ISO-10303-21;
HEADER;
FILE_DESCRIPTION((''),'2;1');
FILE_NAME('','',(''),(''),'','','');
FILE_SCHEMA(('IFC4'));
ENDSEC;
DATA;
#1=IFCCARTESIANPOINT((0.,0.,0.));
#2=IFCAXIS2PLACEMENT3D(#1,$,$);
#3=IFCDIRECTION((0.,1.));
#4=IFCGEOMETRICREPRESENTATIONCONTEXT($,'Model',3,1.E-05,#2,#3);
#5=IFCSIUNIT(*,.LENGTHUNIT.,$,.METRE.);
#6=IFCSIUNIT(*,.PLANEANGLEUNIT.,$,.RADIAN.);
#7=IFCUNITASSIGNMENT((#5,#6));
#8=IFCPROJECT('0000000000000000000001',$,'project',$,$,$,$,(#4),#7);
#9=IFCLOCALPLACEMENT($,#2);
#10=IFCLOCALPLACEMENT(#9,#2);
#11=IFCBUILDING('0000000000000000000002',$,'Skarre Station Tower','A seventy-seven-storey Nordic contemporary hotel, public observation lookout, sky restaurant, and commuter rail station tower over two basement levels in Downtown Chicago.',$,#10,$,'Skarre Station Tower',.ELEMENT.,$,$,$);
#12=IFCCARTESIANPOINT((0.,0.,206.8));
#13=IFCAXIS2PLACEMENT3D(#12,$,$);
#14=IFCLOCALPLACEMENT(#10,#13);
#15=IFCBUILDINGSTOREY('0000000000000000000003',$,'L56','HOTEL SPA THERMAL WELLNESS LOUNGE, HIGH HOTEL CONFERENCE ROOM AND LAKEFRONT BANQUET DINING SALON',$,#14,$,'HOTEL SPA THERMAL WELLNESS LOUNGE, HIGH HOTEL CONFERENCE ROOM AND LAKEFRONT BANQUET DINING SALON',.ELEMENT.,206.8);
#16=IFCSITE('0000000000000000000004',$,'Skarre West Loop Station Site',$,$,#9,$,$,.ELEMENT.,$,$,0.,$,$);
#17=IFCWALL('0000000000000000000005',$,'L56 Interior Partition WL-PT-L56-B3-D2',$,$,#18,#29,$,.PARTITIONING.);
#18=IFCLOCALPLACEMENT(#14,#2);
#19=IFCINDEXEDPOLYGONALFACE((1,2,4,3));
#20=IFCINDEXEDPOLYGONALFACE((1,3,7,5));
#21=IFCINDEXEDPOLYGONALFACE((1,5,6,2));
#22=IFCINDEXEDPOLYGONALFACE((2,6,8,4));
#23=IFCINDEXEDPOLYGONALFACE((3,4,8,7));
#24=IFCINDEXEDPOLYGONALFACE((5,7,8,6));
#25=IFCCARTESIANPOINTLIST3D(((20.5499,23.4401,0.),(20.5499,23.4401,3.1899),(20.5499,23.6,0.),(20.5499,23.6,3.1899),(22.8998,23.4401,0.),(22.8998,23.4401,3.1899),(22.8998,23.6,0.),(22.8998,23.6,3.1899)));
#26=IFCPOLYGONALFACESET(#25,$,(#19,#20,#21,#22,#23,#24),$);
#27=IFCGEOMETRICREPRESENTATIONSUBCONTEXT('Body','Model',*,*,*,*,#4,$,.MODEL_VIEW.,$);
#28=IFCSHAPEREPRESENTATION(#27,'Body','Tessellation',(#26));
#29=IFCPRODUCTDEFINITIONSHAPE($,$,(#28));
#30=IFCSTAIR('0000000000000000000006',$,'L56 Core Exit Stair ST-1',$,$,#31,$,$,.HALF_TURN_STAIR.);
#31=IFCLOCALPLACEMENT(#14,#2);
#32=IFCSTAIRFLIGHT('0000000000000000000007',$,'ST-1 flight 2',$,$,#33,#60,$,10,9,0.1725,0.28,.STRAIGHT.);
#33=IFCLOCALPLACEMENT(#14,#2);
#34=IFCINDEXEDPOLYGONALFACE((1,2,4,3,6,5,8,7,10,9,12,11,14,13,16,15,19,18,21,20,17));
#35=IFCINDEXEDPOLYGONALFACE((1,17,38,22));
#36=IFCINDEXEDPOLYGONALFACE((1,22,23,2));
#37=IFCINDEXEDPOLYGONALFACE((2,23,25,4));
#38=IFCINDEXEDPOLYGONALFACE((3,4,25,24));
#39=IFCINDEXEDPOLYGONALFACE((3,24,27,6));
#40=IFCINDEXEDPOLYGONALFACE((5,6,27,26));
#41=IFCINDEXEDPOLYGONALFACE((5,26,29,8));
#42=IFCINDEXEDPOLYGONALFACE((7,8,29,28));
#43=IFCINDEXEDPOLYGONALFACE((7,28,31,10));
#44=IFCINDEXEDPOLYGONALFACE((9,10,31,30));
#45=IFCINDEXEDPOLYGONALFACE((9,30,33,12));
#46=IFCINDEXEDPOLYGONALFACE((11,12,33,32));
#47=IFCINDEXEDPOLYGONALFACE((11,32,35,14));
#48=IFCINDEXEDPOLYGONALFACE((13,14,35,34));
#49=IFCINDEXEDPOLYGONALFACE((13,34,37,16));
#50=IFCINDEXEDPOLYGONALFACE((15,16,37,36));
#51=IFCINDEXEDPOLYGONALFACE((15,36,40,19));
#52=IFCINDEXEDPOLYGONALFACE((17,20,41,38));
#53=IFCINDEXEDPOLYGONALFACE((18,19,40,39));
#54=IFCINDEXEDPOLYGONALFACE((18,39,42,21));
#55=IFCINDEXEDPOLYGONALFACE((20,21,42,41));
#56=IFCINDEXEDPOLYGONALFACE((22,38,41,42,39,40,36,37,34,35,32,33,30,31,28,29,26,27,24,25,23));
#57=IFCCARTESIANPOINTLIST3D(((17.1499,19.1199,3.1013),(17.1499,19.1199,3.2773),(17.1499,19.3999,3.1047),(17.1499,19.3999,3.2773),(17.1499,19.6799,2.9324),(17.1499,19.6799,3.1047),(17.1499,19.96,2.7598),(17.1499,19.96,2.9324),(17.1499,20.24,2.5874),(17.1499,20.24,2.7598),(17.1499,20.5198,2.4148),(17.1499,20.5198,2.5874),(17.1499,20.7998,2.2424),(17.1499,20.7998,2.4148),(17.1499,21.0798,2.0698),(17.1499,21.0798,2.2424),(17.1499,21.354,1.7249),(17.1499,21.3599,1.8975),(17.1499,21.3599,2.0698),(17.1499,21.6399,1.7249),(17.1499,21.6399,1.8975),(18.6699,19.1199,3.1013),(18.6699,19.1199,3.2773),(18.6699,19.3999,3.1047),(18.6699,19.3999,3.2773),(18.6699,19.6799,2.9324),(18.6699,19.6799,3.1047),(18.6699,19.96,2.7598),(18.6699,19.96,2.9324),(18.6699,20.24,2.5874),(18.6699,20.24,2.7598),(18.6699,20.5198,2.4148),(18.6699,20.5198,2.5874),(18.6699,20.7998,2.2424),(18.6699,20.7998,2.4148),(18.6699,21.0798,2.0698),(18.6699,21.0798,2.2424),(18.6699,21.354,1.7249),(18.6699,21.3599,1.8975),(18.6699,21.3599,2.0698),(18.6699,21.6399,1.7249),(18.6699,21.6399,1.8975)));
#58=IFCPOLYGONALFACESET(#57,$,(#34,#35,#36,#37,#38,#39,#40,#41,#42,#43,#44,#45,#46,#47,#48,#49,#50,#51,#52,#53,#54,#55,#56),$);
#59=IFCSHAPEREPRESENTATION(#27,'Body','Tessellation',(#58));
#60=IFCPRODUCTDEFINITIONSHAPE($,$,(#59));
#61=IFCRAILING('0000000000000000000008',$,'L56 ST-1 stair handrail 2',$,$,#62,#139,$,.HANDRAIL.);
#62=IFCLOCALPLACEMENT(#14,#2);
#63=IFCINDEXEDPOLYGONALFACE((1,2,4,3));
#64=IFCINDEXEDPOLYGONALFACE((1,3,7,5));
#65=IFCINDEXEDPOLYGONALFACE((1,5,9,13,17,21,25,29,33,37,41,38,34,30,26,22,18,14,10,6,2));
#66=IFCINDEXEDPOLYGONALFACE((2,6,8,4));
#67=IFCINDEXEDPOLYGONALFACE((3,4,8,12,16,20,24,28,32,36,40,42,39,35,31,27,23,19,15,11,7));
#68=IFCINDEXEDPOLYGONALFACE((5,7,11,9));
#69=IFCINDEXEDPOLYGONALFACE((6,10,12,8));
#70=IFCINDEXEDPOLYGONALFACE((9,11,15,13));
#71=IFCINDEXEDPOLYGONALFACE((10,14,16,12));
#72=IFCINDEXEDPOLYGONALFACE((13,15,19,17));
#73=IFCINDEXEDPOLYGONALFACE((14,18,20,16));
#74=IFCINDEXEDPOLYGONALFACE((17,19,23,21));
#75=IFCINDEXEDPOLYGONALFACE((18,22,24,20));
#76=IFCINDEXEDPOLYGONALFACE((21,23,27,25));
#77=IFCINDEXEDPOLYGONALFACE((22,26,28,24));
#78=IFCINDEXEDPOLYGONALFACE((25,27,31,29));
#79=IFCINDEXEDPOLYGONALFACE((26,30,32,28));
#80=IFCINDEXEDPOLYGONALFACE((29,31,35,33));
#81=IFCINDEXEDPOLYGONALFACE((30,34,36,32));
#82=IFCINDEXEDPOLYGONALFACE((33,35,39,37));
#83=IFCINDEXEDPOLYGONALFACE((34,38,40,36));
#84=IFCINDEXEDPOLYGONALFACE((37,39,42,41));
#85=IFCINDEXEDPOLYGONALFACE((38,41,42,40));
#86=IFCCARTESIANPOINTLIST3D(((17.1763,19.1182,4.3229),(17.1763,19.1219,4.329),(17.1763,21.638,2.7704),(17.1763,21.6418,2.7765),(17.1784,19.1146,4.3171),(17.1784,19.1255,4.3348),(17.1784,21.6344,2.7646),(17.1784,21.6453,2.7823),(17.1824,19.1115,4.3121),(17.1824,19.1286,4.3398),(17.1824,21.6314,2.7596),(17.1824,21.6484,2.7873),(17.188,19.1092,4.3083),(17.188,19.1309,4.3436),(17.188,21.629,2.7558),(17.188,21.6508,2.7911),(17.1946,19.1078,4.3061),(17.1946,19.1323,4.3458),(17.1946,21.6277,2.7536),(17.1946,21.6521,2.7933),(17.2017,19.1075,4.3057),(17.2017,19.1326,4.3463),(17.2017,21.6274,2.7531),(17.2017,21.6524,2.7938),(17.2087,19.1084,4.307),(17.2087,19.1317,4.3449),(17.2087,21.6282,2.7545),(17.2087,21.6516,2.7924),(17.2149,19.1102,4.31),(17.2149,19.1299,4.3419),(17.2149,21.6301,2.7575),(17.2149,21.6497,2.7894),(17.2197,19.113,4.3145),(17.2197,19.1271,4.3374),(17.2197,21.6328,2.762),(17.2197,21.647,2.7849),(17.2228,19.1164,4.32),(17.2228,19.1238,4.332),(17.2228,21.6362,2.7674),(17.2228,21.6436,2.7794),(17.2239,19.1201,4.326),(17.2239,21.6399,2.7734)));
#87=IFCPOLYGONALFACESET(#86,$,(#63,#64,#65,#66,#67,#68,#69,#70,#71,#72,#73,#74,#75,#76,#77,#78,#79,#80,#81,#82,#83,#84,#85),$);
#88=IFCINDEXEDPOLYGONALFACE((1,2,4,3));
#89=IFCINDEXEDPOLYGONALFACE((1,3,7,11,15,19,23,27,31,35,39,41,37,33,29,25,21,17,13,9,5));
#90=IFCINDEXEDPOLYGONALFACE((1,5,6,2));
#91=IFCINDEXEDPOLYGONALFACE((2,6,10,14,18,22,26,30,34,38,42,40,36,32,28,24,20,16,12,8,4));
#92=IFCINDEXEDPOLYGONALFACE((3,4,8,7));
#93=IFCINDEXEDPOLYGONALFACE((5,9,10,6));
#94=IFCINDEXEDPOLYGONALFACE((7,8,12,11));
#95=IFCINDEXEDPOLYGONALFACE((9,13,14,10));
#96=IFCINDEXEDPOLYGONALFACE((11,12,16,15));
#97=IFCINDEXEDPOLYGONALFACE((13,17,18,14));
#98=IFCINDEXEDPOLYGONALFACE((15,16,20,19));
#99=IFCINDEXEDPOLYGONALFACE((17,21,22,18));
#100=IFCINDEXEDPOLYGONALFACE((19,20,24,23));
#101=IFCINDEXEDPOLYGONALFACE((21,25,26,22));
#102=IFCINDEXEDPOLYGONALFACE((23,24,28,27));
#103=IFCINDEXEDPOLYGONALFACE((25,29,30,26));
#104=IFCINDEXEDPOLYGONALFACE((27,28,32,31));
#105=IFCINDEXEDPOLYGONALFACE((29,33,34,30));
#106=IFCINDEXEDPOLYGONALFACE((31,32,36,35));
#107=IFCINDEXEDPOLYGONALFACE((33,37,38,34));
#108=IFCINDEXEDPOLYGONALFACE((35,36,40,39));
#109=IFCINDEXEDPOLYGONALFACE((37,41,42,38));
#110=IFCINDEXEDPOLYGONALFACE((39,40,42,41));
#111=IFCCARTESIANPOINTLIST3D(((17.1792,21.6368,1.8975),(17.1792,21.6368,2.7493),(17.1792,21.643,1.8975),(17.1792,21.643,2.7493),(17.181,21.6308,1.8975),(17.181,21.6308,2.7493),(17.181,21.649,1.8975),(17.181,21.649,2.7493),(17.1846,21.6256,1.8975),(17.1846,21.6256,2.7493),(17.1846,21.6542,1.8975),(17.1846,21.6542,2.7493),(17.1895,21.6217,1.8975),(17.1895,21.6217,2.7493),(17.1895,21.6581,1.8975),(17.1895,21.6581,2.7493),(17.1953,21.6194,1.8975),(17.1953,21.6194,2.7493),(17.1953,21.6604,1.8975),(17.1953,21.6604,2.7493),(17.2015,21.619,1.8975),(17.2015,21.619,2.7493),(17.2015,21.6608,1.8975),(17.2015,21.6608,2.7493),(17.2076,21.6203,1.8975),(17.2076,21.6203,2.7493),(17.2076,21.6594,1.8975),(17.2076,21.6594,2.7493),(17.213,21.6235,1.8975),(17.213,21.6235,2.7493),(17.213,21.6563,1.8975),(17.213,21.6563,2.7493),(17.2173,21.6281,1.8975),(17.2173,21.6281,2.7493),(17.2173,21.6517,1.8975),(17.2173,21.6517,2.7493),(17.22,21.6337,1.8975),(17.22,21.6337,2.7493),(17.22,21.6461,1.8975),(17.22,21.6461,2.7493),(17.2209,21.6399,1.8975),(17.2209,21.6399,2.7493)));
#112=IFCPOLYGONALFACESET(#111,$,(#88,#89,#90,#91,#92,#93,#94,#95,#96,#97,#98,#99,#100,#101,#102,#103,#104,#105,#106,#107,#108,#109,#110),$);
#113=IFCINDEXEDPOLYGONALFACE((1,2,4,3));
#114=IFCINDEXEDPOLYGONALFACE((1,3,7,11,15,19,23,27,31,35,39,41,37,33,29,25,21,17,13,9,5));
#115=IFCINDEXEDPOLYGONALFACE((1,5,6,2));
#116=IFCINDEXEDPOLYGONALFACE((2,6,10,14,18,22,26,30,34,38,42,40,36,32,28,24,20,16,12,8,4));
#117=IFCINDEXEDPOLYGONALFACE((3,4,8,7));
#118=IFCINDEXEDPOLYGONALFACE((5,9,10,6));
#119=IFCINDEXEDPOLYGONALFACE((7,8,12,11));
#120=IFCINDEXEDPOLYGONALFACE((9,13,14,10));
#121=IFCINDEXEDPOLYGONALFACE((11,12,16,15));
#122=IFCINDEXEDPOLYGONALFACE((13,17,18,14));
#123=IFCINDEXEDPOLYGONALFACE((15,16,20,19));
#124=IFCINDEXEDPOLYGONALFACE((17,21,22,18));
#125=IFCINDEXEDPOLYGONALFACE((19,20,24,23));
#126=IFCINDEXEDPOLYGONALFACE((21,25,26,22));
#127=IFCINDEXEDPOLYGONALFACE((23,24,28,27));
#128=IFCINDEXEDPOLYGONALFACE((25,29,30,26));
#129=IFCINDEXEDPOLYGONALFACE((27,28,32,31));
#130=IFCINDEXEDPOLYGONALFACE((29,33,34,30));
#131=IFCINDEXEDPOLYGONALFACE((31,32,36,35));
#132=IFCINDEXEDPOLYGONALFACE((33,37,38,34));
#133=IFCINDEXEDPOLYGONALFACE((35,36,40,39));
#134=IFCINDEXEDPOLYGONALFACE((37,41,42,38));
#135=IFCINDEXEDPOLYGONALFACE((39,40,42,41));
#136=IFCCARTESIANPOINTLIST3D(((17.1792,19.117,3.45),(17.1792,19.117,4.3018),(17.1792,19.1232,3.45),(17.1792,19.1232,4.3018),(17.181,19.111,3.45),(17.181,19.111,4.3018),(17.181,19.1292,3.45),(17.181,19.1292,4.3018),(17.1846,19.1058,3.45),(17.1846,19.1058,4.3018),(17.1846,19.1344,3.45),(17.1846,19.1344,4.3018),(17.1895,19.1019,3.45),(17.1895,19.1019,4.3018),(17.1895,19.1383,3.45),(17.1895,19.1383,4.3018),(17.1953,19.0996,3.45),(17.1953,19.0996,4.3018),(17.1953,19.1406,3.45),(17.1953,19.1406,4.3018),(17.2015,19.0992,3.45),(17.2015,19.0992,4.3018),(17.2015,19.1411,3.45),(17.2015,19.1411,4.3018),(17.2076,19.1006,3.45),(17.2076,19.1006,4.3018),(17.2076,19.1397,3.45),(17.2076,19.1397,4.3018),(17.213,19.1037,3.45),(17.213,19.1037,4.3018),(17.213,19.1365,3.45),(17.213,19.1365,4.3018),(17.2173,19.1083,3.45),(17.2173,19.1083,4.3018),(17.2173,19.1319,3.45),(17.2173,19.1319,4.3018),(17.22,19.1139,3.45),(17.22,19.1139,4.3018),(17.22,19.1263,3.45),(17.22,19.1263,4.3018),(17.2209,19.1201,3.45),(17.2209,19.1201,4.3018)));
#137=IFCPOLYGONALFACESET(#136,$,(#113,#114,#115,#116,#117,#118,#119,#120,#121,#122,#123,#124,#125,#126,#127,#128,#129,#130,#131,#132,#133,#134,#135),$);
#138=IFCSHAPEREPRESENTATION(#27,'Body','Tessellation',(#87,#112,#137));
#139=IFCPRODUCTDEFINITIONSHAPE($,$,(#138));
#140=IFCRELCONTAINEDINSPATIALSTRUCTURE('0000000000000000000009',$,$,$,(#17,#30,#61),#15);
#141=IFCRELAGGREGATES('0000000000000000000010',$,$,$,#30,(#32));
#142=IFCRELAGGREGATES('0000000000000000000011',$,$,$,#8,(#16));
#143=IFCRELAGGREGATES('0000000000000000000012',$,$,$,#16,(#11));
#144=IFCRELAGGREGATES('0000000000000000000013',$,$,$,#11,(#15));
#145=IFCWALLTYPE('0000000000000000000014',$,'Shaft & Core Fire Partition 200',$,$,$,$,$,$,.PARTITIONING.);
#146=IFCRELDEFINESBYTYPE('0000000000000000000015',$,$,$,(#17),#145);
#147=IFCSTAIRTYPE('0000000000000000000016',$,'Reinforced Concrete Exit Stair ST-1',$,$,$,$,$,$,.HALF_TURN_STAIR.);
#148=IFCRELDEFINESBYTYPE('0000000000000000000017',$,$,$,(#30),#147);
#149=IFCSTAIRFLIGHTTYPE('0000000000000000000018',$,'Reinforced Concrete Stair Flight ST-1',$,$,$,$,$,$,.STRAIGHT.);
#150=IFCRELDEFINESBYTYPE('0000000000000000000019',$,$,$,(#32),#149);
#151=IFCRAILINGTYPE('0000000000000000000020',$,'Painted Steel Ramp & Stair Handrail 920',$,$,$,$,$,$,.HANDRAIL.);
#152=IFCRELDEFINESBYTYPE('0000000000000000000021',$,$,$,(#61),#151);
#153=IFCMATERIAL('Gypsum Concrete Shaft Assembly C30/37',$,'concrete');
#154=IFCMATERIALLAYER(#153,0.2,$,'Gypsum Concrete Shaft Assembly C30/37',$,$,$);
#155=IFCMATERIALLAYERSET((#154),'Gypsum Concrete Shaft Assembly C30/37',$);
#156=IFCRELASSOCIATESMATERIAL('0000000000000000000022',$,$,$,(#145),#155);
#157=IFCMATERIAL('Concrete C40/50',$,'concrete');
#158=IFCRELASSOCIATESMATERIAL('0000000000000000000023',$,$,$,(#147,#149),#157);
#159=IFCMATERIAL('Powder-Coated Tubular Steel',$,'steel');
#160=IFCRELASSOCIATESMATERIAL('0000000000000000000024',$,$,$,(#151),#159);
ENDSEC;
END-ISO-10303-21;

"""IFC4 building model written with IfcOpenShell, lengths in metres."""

from ifc_helpers import new_model, si_unit, direction, frame, frame_2d, origin, origin_2d, place, context, subcontext, project, spatial, polyline, rectangle, circle, outline, extrude, material, layer, layer_set, type_object, element, aggregate, save


model = new_model("IFC4")

# Units and contexts
model_context = context("Model", 3, precision=1e-05, world=origin(), true_north=direction((0.0, 1.0)))
body_context = subcontext(model_context, "Body", "Model", "MODEL_VIEW")
ifc_project = project(units=[si_unit("LENGTHUNIT", "METRE"), si_unit("PLANEANGLEUNIT", "RADIAN")], contexts=[model_context])

# Site, building, storey
site_placement = place(None, origin())
site = spatial("IfcSite", under=ifc_project, at=site_placement, Name="Skarre West Loop Station Site", CompositionType="ELEMENT", RefElevation=0.0)
building_placement = place(site_placement, origin())
building = spatial("IfcBuilding", under=site, at=building_placement, Name="Skarre Station Tower", Description="A seventy-seven-storey Nordic contemporary hotel, public observation lookout, sky restaurant, and commuter rail station tower over two basement levels in Downtown Chicago.", LongName="Skarre Station Tower", CompositionType="ELEMENT")
storey_placement = place(building_placement, frame((0.0, 0.0, 206.8)))
storey = spatial("IfcBuildingStorey", under=building, at=storey_placement, Name="L56", Description="HOTEL SPA THERMAL WELLNESS LOUNGE, HIGH HOTEL CONFERENCE ROOM AND LAKEFRONT BANQUET DINING SALON", LongName="HOTEL SPA THERMAL WELLNESS LOUNGE, HIGH HOTEL CONFERENCE ROOM AND LAKEFRONT BANQUET DINING SALON", CompositionType="ELEMENT", Elevation=206.8)

# Shared definitions
ifc_material_1 = material(Name="Gypsum Concrete Shaft Assembly C30/37", Category="concrete")
ifc_layer_1 = layer(ifc_material_1, 0.2, Name="Gypsum Concrete Shaft Assembly C30/37")
ifc_layer_set_1 = layer_set([ifc_layer_1], Name="Gypsum Concrete Shaft Assembly C30/37")
wall_type_1 = type_object("IfcWallType", Name="Shaft & Core Fire Partition 200", PredefinedType="PARTITIONING", material=ifc_layer_set_1)

# Wall
wall_1_placement = place(storey_placement, frame((20.55, 23.52, 0.0), z_axis=(0.0, 0.0, 1.0), x_axis=(1.0, 0.0, 0.0)))
element("IfcWall", 1, at=wall_1_placement, inside=storey, type_object=wall_type_1, Name="L56 Interior Partition WL-PT-L56-B3-D2", PredefinedType="PARTITIONING", context=body_context, shape_type="SweptSolid", body=[
    extrude(rectangle(XDim=2.3499, YDim=0.1599, at=frame_2d((1.1748, 0.0))), origin(), (0.0, 0.0, 1.0), 3.1899),
])

# Stair, stair flight
ifc_material_2 = material(Name="Concrete C40/50", Category="concrete")
stair_type = type_object("IfcStairType", Name="Reinforced Concrete Exit Stair ST-1", PredefinedType="HALF_TURN_STAIR", material=ifc_material_2)
stair_placement = place(storey_placement, origin())
stair = element("IfcStair", 2, at=stair_placement, inside=storey, type_object=stair_type, Name="L56 Core Exit Stair ST-1", PredefinedType="HALF_TURN_STAIR")
stair_flight_type = type_object("IfcStairFlightType", Name="Reinforced Concrete Stair Flight ST-1", PredefinedType="STRAIGHT", material=ifc_material_2)
stair_flight_placement = place(storey_placement, frame((17.9099, 21.6399, 1.7249), z_axis=(0.0, 0.0, 1.0), x_axis=(0.0, -1.0, 0.0)))
stair_flight = element("IfcStairFlight", 3, at=stair_flight_placement, type_object=stair_flight_type, Name="ST-1 flight 2", NumberOfRisers=10, NumberOfTreads=9, PredefinedType="STRAIGHT", RiserHeight=0.1725, TreadLength=0.28, context=body_context, shape_type="SweptSolid", body=[
    extrude(outline(polyline([(0.0, 0.0), (0.0, 0.1726), (0.28, 0.1726), (0.28, 0.345), (0.5601, 0.345), (0.5601, 0.5176), (0.8401, 0.5176), (0.8401, 0.6899), (1.1201, 0.6899), (1.1201, 0.8625), (1.3999, 0.8625), (1.3999, 1.0349), (1.6799, 1.0349), (1.6799, 1.2075), (1.96, 1.2075), (1.96, 1.3799), (2.24, 1.3799), (2.24, 1.5525), (2.52, 1.5525), (2.52, 1.7251), (2.52, 1.3765), (0.2859, 0.0), (0.0, 0.0)])), frame((0.0, 0.76, 0.0), z_axis=(0.0, -1.0, 0.0), x_axis=(1.0, 0.0, 0.0)), (0.0, 0.0, 1.0), 1.52),
])
aggregate(stair, [stair_flight])

# Railing
ifc_material_3 = material(Name="Powder-Coated Tubular Steel", Category="steel")
railing_type_1 = type_object("IfcRailingType", Name="Painted Steel Ramp & Stair Handrail 920", PredefinedType="HANDRAIL", material=ifc_material_3)
railing_1_placement = place(storey_placement, frame((17.2, 21.6399, 1.8975)))
element("IfcRailing", 4, at=railing_1_placement, inside=storey, type_object=railing_type_1, Name="L56 ST-1 stair handrail 2", PredefinedType="HANDRAIL", context=body_context, shape_type="SweptSolid", body=[
    extrude(circle(Radius=0.0239, at=origin_2d()), frame((0.0, 0.0, 0.876), z_axis=(0.0, -0.851378, 0.524553), x_axis=(1.0, 0.0, 0.0)), (0.0, 0.0, 1.0), 2.9597),
    extrude(circle(Radius=0.021, at=origin_2d()), origin(), (0.0, 0.0, 1.0), 0.8518),
    extrude(circle(Radius=0.021, at=origin_2d()), frame((0.0, -2.5198, 1.5525)), (0.0, 0.0, 1.0), 0.8518),
])

save(model, "model.ifc")
